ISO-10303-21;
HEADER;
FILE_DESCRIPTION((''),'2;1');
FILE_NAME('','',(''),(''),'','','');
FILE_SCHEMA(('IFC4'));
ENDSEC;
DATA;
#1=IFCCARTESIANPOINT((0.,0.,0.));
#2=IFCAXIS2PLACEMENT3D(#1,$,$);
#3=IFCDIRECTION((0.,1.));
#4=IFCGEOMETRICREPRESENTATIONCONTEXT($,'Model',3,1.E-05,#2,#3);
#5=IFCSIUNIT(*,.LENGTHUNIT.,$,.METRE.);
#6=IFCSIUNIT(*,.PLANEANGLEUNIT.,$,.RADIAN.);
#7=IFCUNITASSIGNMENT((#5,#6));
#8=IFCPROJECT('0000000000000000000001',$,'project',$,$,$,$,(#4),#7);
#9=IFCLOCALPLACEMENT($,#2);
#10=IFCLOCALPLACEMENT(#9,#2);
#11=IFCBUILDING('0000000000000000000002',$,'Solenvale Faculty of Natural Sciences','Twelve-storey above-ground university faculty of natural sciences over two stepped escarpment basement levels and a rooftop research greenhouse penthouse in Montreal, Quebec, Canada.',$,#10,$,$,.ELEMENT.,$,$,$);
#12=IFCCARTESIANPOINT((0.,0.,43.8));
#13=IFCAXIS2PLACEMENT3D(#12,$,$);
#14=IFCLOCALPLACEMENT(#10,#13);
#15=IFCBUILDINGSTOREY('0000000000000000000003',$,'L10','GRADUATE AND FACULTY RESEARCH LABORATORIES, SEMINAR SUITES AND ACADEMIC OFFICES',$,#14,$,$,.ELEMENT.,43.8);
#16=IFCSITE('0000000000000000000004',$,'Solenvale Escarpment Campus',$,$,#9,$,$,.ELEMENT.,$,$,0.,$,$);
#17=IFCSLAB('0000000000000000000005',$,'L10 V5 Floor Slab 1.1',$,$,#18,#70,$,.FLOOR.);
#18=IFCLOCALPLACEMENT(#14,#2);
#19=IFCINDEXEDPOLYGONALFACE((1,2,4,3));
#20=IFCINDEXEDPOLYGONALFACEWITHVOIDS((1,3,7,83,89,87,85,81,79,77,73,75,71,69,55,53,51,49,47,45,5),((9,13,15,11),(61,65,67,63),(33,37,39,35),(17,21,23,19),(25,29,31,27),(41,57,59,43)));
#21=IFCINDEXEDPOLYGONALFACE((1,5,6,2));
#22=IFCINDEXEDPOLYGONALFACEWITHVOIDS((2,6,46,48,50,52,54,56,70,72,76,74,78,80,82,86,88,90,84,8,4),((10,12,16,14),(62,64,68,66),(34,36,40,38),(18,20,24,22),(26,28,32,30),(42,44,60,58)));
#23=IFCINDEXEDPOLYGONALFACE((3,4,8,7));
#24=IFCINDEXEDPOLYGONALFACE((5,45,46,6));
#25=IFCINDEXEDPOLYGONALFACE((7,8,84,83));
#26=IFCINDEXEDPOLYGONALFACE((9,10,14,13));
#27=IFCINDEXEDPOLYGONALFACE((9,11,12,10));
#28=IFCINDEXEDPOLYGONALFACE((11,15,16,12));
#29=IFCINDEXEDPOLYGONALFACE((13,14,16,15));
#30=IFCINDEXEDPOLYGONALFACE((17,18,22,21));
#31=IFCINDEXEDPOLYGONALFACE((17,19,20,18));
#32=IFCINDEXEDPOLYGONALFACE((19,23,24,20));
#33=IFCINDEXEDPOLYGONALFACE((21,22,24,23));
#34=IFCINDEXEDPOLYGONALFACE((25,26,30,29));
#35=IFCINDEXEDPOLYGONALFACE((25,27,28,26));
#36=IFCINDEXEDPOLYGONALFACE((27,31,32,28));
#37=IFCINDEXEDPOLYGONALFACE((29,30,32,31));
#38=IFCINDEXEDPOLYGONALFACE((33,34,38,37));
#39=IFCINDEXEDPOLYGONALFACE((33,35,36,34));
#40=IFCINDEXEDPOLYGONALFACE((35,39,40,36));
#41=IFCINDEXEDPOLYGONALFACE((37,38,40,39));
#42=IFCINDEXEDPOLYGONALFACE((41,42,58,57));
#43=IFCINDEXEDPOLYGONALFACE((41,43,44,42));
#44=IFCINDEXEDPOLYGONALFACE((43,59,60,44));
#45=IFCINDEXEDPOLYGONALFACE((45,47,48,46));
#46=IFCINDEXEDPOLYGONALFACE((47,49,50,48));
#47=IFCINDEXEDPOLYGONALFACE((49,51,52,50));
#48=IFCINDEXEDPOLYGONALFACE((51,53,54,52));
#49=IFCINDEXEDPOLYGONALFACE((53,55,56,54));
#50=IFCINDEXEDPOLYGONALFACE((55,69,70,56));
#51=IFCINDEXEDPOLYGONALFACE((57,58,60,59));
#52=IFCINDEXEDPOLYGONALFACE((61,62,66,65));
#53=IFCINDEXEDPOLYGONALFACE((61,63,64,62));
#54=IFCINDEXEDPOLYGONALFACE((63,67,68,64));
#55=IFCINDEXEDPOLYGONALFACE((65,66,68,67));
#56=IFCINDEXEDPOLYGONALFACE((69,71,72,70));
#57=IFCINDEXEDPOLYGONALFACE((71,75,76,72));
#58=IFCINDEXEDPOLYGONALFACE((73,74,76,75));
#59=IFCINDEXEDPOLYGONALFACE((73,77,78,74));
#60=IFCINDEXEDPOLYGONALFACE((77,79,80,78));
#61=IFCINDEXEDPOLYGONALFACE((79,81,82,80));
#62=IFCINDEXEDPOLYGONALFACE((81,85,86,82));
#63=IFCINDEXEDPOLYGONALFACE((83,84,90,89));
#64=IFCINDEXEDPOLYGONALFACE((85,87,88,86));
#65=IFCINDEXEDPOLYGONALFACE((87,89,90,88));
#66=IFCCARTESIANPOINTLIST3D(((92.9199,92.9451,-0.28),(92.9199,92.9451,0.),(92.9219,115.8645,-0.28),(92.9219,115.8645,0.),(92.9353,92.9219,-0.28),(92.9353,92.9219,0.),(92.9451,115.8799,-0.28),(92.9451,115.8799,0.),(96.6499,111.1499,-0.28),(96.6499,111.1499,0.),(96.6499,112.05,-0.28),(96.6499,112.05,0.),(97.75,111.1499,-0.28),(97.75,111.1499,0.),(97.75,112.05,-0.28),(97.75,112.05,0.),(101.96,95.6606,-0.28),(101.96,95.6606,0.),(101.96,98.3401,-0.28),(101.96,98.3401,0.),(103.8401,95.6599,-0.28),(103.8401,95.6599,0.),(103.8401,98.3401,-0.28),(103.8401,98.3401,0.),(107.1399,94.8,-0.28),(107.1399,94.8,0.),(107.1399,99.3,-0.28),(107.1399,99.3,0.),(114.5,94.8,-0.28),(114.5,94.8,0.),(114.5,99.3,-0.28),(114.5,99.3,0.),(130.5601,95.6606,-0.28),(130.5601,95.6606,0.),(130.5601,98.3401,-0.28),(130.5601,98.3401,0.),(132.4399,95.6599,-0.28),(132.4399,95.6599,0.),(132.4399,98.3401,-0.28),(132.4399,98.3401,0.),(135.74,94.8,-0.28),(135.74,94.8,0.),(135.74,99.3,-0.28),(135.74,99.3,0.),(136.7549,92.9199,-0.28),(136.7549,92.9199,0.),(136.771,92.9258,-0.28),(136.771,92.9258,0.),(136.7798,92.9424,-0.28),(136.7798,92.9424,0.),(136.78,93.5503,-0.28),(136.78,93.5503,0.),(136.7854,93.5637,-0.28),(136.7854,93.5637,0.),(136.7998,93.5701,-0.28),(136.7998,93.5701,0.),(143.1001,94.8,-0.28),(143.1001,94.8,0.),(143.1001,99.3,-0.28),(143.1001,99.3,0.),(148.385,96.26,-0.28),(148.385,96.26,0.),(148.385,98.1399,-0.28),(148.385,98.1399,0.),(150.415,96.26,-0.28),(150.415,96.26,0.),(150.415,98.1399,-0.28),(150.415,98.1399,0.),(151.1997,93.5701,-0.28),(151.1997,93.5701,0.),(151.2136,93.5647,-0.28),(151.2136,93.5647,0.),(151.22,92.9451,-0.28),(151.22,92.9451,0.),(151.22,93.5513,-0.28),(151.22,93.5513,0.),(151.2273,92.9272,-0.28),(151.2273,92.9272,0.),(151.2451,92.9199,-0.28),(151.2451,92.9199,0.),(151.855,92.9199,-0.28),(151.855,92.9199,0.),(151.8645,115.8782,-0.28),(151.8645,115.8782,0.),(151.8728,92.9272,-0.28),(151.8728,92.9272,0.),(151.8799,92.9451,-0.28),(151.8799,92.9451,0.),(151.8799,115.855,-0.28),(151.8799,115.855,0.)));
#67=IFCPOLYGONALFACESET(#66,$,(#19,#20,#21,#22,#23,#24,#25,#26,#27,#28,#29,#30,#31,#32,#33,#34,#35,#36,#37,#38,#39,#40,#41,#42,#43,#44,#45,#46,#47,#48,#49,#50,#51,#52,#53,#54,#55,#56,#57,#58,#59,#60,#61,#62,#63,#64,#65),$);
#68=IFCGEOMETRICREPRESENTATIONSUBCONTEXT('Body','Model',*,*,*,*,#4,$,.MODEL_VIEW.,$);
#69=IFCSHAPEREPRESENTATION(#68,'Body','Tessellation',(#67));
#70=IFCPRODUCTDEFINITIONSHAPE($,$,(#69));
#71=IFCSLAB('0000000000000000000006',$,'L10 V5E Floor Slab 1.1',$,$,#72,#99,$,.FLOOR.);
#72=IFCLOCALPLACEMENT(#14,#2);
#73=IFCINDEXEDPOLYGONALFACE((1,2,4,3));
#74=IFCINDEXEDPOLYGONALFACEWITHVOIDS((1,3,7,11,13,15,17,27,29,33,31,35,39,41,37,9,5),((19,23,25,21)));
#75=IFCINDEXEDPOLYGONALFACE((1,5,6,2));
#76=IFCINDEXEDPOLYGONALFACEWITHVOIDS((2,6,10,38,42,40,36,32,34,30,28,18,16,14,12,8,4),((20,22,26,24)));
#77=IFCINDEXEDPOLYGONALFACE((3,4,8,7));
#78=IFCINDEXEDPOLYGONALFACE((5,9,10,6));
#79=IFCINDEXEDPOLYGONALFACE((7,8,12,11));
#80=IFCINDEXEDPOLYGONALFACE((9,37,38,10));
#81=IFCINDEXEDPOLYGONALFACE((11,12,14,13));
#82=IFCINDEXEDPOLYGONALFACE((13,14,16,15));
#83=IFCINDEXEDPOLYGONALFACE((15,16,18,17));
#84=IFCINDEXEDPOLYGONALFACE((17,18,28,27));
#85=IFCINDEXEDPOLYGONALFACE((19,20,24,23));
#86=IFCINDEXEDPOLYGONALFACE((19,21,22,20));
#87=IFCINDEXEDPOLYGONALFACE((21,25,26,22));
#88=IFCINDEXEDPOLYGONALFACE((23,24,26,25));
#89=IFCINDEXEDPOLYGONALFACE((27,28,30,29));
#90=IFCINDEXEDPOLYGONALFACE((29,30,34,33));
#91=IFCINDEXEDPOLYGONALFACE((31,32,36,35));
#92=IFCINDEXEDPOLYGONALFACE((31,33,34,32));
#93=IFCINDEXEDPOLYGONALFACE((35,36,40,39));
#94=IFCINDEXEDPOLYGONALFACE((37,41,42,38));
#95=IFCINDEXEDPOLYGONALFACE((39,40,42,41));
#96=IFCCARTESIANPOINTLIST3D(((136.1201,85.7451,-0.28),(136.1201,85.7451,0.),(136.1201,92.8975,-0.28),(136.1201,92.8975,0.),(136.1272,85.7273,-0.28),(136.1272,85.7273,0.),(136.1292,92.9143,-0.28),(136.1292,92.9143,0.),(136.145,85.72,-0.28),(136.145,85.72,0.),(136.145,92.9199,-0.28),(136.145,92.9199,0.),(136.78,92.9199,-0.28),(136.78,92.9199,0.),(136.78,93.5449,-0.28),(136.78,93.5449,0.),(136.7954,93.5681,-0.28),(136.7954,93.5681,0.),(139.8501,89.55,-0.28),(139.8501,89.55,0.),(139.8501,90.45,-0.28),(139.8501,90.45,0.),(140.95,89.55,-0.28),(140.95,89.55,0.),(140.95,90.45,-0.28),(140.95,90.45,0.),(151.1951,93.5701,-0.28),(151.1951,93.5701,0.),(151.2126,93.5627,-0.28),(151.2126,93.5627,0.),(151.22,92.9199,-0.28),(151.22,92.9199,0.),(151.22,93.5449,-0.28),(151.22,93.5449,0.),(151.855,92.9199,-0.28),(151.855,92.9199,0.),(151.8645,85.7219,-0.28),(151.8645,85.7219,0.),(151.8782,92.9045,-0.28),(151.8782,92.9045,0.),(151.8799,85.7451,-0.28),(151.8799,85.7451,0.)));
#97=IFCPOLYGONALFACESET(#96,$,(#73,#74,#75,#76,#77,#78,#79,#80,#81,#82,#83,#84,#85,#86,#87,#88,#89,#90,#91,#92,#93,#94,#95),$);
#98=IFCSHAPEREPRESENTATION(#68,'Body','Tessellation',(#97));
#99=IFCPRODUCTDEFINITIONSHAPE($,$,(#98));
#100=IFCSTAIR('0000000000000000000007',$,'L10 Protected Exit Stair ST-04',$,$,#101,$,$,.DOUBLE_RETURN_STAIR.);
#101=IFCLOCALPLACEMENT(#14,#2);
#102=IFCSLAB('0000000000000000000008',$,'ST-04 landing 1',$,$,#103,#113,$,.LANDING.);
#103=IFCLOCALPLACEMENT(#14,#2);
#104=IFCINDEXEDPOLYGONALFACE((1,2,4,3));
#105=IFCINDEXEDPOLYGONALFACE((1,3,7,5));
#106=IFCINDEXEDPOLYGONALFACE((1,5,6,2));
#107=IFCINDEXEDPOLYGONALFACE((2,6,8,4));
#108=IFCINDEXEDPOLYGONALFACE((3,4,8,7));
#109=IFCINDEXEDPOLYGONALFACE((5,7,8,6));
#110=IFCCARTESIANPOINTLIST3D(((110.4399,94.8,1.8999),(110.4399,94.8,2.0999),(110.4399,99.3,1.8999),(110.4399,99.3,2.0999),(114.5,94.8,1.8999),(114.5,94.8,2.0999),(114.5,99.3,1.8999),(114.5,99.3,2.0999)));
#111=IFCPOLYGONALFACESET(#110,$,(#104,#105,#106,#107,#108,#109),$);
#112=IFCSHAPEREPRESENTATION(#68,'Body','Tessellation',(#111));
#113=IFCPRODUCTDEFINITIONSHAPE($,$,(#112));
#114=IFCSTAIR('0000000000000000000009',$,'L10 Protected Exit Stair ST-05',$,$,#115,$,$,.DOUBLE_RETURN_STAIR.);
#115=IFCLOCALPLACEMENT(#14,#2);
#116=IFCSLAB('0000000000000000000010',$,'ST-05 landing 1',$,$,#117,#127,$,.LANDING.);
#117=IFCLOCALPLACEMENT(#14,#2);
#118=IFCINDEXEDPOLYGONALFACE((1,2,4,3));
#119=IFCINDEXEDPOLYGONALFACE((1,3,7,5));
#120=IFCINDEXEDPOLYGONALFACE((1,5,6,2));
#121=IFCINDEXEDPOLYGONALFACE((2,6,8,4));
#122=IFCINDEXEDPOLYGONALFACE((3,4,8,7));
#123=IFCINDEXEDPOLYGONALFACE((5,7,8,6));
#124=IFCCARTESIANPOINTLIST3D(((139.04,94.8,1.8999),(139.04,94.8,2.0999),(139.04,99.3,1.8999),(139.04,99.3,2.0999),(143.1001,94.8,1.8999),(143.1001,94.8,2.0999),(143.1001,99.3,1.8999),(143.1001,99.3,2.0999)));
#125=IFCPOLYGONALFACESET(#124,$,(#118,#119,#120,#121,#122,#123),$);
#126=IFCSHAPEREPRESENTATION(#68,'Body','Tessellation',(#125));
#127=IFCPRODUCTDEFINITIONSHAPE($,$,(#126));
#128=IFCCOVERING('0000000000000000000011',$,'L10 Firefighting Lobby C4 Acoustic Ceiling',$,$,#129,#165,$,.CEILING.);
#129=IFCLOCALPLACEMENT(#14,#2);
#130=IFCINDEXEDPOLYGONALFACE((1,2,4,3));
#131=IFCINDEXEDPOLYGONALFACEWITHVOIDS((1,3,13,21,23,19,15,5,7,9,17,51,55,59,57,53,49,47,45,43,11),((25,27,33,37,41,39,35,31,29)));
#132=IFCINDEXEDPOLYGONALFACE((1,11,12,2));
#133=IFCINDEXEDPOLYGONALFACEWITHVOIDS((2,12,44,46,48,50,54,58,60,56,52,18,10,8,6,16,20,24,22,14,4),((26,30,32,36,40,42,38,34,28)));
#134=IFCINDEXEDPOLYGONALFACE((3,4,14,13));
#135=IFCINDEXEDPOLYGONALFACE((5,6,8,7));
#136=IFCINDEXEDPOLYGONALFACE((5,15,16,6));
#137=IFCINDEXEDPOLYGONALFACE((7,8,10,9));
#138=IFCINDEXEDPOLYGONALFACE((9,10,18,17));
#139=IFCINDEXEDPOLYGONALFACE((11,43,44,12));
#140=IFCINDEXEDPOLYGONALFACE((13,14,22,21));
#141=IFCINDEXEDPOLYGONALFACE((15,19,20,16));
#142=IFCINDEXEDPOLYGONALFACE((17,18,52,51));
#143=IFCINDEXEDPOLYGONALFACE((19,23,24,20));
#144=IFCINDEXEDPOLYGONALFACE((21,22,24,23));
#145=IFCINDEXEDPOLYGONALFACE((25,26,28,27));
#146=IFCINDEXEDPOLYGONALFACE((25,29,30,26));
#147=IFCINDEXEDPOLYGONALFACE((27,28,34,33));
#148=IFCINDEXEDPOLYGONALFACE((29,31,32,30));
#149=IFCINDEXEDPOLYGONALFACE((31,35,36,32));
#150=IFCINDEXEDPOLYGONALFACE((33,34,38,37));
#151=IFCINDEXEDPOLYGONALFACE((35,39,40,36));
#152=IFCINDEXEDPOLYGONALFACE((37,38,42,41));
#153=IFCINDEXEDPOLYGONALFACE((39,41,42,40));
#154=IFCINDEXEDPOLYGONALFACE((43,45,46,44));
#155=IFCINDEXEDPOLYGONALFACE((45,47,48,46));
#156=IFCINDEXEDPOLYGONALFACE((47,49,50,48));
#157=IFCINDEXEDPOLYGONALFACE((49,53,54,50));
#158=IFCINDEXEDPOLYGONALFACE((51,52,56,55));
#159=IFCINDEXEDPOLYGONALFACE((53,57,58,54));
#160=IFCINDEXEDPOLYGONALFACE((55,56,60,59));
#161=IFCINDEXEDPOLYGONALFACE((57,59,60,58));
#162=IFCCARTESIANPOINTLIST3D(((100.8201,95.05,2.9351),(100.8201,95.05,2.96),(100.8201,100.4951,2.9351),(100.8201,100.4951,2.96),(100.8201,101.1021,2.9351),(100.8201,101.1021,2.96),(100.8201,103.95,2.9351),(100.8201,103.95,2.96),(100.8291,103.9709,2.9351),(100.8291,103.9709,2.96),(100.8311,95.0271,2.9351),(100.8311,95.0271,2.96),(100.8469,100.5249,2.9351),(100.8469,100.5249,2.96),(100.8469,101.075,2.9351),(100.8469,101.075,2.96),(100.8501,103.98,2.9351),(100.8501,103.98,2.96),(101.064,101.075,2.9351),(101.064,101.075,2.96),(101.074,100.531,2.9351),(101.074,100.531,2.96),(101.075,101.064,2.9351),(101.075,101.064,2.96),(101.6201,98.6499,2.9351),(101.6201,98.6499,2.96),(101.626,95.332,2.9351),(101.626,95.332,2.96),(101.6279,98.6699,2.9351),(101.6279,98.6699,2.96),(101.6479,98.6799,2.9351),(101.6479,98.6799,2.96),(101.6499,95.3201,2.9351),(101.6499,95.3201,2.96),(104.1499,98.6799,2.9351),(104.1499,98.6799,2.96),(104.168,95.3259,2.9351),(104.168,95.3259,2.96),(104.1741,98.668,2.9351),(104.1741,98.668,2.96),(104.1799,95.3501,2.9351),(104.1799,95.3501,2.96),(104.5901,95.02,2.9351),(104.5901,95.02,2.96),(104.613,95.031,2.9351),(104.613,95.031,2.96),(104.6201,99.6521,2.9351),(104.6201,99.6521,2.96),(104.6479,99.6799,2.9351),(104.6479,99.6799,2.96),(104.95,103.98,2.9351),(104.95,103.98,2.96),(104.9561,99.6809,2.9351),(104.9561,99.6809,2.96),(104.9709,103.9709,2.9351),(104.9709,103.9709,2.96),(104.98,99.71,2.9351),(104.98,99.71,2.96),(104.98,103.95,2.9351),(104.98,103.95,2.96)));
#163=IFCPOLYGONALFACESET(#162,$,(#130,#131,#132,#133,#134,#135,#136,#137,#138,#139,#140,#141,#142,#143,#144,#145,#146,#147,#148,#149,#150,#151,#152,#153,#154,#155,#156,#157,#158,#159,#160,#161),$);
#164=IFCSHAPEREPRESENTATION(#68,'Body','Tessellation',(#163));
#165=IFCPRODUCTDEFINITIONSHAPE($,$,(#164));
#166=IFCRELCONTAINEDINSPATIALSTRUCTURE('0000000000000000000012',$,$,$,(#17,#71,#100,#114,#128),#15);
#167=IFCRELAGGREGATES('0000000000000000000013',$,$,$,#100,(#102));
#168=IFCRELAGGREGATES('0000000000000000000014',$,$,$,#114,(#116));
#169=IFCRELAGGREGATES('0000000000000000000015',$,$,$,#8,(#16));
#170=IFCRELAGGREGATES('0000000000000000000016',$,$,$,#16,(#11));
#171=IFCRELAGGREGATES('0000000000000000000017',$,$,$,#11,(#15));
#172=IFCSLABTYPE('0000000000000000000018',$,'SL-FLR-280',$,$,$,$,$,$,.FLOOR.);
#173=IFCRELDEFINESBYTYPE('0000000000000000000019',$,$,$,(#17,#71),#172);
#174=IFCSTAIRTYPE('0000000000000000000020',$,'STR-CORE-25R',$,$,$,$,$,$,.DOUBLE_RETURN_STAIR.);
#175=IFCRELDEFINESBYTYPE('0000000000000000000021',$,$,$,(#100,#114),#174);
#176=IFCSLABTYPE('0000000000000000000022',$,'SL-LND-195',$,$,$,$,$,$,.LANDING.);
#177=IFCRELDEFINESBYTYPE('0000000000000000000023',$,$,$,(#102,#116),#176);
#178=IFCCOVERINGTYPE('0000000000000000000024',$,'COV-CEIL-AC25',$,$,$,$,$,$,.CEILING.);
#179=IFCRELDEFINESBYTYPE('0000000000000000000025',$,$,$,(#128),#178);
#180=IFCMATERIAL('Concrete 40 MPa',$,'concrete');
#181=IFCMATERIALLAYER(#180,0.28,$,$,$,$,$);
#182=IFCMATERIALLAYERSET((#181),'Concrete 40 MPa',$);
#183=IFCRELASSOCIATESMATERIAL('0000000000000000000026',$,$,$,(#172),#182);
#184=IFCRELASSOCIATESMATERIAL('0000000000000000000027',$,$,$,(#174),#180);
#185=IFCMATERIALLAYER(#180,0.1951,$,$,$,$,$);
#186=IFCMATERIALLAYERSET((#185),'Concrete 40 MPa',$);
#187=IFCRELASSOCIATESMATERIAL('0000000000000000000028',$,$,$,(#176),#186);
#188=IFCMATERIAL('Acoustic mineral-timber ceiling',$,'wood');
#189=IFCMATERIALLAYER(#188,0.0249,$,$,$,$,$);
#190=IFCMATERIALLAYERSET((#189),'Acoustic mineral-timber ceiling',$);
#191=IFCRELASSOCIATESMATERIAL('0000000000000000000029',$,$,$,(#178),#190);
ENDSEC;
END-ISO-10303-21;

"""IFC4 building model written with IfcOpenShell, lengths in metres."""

from ifc_helpers import new_model, si_unit, direction, frame, origin, place, context, subcontext, project, spatial, polyline, outline, extrude, material, layer, layer_set, type_object, element, aggregate, save


model = new_model("IFC4")

# Units and contexts
model_context = context("Model", 3, precision=1e-05, world=origin(), true_north=direction((0.0, 1.0)))
body_context = subcontext(model_context, "Body", "Model", "MODEL_VIEW")
ifc_project = project(units=[si_unit("LENGTHUNIT", "METRE"), si_unit("PLANEANGLEUNIT", "RADIAN")], contexts=[model_context])

# Site, building, storey
site_placement = place(None, origin())
site = spatial("IfcSite", under=ifc_project, at=site_placement, Name="Solenvale Escarpment Campus", CompositionType="ELEMENT", RefElevation=0.0)
building_placement = place(site_placement, origin())
building = spatial("IfcBuilding", under=site, at=building_placement, Name="Solenvale Faculty of Natural Sciences", Description="Twelve-storey above-ground university faculty of natural sciences over two stepped escarpment basement levels and a rooftop research greenhouse penthouse in Montreal, Quebec, Canada.", CompositionType="ELEMENT")
storey_placement = place(building_placement, frame((0.0, 0.0, 43.8)))
storey = spatial("IfcBuildingStorey", under=building, at=storey_placement, Name="L10", Description="GRADUATE AND FACULTY RESEARCH LABORATORIES, SEMINAR SUITES AND ACADEMIC OFFICES", CompositionType="ELEMENT", Elevation=43.8)

# Slabs
ifc_material_1 = material(Name="Concrete 40 MPa", Category="concrete")
ifc_layer_1 = layer(ifc_material_1, 0.28)
ifc_layer_set_1 = layer_set([ifc_layer_1], Name="Concrete 40 MPa")
slab_type_1 = type_object("IfcSlabType", Name="SL-FLR-280", PredefinedType="FLOOR", material=ifc_layer_set_1)
slab_1_placement = place(storey_placement, frame((0.0, 0.0, -0.28)))
element("IfcSlab", 1, at=slab_1_placement, inside=storey, type_object=slab_type_1, Name="L10 V5 Floor Slab 1.1", PredefinedType="FLOOR", context=body_context, shape_type="SweptSolid", body=[
    extrude(outline(polyline([(151.22, 93.5513), (151.2136, 93.5647), (151.1997, 93.5701), (136.7998, 93.5701), (136.7854, 93.5637), (136.78, 93.5503), (136.7798, 92.9424), (136.771, 92.9258), (136.7549, 92.9199), (92.9353, 92.9219), (92.9199, 92.9451), (92.9219, 115.8645), (92.9451, 115.8799), (151.8645, 115.8782), (151.8799, 115.855), (151.8799, 92.9451), (151.8728, 92.9272), (151.855, 92.9199), (151.2451, 92.9199), (151.2273, 92.9272), (151.22, 92.9451), (151.22, 93.5513)]), holes=[polyline([(148.385, 96.26), (150.415, 96.26), (150.415, 98.1399), (148.385, 98.1399), (148.385, 96.26)]), polyline([(135.74, 94.8), (143.1001, 94.8), (143.1001, 99.3), (135.74, 99.3), (135.74, 94.8)]), polyline([(130.5601, 95.6606), (132.4399, 95.6599), (132.4399, 98.3401), (130.5601, 98.3401), (130.5601, 95.6606)]), polyline([(107.1399, 94.8), (114.5, 94.8), (114.5, 99.3), (107.1399, 99.3), (107.1399, 94.8)]), polyline([(101.96, 95.6606), (103.8401, 95.6599), (103.8401, 98.3401), (101.96, 98.3401), (101.96, 95.6606)]), polyline([(96.6499, 111.1499), (97.75, 111.1499), (97.75, 112.05), (96.6499, 112.05), (96.6499, 111.1499)])]), origin(), (0.0, 0.0, 1.0), 0.28),
])
slab_2_placement = place(storey_placement, frame((0.0, 0.0, -0.28)))
element("IfcSlab", 2, at=slab_2_placement, inside=storey, type_object=slab_type_1, Name="L10 V5E Floor Slab 1.1", PredefinedType="FLOOR", context=body_context, shape_type="SweptSolid", body=[
    extrude(outline(polyline([(136.145, 85.72), (136.1272, 85.7273), (136.1201, 85.7451), (136.1201, 92.8975), (136.1292, 92.9143), (136.145, 92.9199), (136.78, 92.9199), (136.78, 93.5449), (136.7954, 93.5681), (151.1951, 93.5701), (151.2126, 93.5627), (151.22, 93.5449), (151.22, 92.9199), (151.855, 92.9199), (151.8782, 92.9045), (151.8799, 85.7451), (151.8645, 85.7219), (136.145, 85.72)]), holes=[polyline([(139.8501, 89.55), (140.95, 89.55), (140.95, 90.45), (139.8501, 90.45), (139.8501, 89.55)])]), origin(), (0.0, 0.0, 1.0), 0.28),
])

# Stairs, slabs
stair_type = type_object("IfcStairType", Name="STR-CORE-25R", PredefinedType="DOUBLE_RETURN_STAIR", material=ifc_material_1)
stair_1_placement = place(storey_placement, origin())
stair_1 = element("IfcStair", 3, at=stair_1_placement, inside=storey, type_object=stair_type, Name="L10 Protected Exit Stair ST-04", PredefinedType="DOUBLE_RETURN_STAIR")
ifc_layer_2 = layer(ifc_material_1, 0.1951)
ifc_layer_set_2 = layer_set([ifc_layer_2], Name="Concrete 40 MPa")
slab_type_2 = type_object("IfcSlabType", Name="SL-LND-195", PredefinedType="LANDING", material=ifc_layer_set_2)
slab_3_placement = place(storey_placement, frame((0.0, 0.0, 1.8999)))
slab_3 = element("IfcSlab", 4, at=slab_3_placement, type_object=slab_type_2, Name="ST-04 landing 1", PredefinedType="LANDING", context=body_context, shape_type="SweptSolid", body=[
    extrude(outline(polyline([(110.4399, 94.8), (114.5, 94.8), (114.5, 99.3), (110.4399, 99.3), (110.4399, 94.8)])), origin(), (0.0, 0.0, 1.0), 0.2),
])
aggregate(stair_1, [slab_3])
stair_2_placement = place(storey_placement, origin())
stair_2 = element("IfcStair", 5, at=stair_2_placement, inside=storey, type_object=stair_type, Name="L10 Protected Exit Stair ST-05", PredefinedType="DOUBLE_RETURN_STAIR")
slab_4_placement = place(storey_placement, frame((0.0, 0.0, 1.8999)))
slab_4 = element("IfcSlab", 6, at=slab_4_placement, type_object=slab_type_2, Name="ST-05 landing 1", PredefinedType="LANDING", context=body_context, shape_type="SweptSolid", body=[
    extrude(outline(polyline([(139.04, 94.8), (143.1001, 94.8), (143.1001, 99.3), (139.04, 99.3), (139.04, 94.8)])), origin(), (0.0, 0.0, 1.0), 0.2),
])
aggregate(stair_2, [slab_4])

# Covering
ifc_material_2 = material(Name="Acoustic mineral-timber ceiling", Category="wood")
ifc_layer_3 = layer(ifc_material_2, 0.0249)
ifc_layer_set_3 = layer_set([ifc_layer_3], Name="Acoustic mineral-timber ceiling")
covering_type_1 = type_object("IfcCoveringType", Name="COV-CEIL-AC25", PredefinedType="CEILING", material=ifc_layer_set_3)
covering_1_placement = place(storey_placement, frame((0.0, 0.0, 2.9351)))
element("IfcCovering", 7, at=covering_1_placement, inside=storey, type_object=covering_type_1, Name="L10 Firefighting Lobby C4 Acoustic Ceiling", PredefinedType="CEILING", context=body_context, shape_type="SweptSolid", body=[
    extrude(outline(polyline([(104.98, 99.71), (104.9561, 99.6809), (104.6479, 99.6799), (104.6201, 99.6521), (104.613, 95.031), (104.5901, 95.02), (100.8311, 95.0271), (100.8201, 95.05), (100.8201, 100.4951), (100.8469, 100.5249), (101.074, 100.531), (101.075, 101.064), (101.064, 101.075), (100.8469, 101.075), (100.8201, 101.1021), (100.8201, 103.95), (100.8291, 103.9709), (100.8501, 103.98), (104.95, 103.98), (104.9709, 103.9709), (104.98, 103.95), (104.98, 99.71)]), holes=[polyline([(101.6479, 98.6799), (101.6279, 98.6699), (101.6201, 98.6499), (101.626, 95.332), (101.6499, 95.3201), (104.168, 95.3259), (104.1799, 95.3501), (104.1741, 98.668), (104.1499, 98.6799), (101.6479, 98.6799)])]), origin(), (0.0, 0.0, 1.0), 0.0249),
])

save(model, "model.ifc")
